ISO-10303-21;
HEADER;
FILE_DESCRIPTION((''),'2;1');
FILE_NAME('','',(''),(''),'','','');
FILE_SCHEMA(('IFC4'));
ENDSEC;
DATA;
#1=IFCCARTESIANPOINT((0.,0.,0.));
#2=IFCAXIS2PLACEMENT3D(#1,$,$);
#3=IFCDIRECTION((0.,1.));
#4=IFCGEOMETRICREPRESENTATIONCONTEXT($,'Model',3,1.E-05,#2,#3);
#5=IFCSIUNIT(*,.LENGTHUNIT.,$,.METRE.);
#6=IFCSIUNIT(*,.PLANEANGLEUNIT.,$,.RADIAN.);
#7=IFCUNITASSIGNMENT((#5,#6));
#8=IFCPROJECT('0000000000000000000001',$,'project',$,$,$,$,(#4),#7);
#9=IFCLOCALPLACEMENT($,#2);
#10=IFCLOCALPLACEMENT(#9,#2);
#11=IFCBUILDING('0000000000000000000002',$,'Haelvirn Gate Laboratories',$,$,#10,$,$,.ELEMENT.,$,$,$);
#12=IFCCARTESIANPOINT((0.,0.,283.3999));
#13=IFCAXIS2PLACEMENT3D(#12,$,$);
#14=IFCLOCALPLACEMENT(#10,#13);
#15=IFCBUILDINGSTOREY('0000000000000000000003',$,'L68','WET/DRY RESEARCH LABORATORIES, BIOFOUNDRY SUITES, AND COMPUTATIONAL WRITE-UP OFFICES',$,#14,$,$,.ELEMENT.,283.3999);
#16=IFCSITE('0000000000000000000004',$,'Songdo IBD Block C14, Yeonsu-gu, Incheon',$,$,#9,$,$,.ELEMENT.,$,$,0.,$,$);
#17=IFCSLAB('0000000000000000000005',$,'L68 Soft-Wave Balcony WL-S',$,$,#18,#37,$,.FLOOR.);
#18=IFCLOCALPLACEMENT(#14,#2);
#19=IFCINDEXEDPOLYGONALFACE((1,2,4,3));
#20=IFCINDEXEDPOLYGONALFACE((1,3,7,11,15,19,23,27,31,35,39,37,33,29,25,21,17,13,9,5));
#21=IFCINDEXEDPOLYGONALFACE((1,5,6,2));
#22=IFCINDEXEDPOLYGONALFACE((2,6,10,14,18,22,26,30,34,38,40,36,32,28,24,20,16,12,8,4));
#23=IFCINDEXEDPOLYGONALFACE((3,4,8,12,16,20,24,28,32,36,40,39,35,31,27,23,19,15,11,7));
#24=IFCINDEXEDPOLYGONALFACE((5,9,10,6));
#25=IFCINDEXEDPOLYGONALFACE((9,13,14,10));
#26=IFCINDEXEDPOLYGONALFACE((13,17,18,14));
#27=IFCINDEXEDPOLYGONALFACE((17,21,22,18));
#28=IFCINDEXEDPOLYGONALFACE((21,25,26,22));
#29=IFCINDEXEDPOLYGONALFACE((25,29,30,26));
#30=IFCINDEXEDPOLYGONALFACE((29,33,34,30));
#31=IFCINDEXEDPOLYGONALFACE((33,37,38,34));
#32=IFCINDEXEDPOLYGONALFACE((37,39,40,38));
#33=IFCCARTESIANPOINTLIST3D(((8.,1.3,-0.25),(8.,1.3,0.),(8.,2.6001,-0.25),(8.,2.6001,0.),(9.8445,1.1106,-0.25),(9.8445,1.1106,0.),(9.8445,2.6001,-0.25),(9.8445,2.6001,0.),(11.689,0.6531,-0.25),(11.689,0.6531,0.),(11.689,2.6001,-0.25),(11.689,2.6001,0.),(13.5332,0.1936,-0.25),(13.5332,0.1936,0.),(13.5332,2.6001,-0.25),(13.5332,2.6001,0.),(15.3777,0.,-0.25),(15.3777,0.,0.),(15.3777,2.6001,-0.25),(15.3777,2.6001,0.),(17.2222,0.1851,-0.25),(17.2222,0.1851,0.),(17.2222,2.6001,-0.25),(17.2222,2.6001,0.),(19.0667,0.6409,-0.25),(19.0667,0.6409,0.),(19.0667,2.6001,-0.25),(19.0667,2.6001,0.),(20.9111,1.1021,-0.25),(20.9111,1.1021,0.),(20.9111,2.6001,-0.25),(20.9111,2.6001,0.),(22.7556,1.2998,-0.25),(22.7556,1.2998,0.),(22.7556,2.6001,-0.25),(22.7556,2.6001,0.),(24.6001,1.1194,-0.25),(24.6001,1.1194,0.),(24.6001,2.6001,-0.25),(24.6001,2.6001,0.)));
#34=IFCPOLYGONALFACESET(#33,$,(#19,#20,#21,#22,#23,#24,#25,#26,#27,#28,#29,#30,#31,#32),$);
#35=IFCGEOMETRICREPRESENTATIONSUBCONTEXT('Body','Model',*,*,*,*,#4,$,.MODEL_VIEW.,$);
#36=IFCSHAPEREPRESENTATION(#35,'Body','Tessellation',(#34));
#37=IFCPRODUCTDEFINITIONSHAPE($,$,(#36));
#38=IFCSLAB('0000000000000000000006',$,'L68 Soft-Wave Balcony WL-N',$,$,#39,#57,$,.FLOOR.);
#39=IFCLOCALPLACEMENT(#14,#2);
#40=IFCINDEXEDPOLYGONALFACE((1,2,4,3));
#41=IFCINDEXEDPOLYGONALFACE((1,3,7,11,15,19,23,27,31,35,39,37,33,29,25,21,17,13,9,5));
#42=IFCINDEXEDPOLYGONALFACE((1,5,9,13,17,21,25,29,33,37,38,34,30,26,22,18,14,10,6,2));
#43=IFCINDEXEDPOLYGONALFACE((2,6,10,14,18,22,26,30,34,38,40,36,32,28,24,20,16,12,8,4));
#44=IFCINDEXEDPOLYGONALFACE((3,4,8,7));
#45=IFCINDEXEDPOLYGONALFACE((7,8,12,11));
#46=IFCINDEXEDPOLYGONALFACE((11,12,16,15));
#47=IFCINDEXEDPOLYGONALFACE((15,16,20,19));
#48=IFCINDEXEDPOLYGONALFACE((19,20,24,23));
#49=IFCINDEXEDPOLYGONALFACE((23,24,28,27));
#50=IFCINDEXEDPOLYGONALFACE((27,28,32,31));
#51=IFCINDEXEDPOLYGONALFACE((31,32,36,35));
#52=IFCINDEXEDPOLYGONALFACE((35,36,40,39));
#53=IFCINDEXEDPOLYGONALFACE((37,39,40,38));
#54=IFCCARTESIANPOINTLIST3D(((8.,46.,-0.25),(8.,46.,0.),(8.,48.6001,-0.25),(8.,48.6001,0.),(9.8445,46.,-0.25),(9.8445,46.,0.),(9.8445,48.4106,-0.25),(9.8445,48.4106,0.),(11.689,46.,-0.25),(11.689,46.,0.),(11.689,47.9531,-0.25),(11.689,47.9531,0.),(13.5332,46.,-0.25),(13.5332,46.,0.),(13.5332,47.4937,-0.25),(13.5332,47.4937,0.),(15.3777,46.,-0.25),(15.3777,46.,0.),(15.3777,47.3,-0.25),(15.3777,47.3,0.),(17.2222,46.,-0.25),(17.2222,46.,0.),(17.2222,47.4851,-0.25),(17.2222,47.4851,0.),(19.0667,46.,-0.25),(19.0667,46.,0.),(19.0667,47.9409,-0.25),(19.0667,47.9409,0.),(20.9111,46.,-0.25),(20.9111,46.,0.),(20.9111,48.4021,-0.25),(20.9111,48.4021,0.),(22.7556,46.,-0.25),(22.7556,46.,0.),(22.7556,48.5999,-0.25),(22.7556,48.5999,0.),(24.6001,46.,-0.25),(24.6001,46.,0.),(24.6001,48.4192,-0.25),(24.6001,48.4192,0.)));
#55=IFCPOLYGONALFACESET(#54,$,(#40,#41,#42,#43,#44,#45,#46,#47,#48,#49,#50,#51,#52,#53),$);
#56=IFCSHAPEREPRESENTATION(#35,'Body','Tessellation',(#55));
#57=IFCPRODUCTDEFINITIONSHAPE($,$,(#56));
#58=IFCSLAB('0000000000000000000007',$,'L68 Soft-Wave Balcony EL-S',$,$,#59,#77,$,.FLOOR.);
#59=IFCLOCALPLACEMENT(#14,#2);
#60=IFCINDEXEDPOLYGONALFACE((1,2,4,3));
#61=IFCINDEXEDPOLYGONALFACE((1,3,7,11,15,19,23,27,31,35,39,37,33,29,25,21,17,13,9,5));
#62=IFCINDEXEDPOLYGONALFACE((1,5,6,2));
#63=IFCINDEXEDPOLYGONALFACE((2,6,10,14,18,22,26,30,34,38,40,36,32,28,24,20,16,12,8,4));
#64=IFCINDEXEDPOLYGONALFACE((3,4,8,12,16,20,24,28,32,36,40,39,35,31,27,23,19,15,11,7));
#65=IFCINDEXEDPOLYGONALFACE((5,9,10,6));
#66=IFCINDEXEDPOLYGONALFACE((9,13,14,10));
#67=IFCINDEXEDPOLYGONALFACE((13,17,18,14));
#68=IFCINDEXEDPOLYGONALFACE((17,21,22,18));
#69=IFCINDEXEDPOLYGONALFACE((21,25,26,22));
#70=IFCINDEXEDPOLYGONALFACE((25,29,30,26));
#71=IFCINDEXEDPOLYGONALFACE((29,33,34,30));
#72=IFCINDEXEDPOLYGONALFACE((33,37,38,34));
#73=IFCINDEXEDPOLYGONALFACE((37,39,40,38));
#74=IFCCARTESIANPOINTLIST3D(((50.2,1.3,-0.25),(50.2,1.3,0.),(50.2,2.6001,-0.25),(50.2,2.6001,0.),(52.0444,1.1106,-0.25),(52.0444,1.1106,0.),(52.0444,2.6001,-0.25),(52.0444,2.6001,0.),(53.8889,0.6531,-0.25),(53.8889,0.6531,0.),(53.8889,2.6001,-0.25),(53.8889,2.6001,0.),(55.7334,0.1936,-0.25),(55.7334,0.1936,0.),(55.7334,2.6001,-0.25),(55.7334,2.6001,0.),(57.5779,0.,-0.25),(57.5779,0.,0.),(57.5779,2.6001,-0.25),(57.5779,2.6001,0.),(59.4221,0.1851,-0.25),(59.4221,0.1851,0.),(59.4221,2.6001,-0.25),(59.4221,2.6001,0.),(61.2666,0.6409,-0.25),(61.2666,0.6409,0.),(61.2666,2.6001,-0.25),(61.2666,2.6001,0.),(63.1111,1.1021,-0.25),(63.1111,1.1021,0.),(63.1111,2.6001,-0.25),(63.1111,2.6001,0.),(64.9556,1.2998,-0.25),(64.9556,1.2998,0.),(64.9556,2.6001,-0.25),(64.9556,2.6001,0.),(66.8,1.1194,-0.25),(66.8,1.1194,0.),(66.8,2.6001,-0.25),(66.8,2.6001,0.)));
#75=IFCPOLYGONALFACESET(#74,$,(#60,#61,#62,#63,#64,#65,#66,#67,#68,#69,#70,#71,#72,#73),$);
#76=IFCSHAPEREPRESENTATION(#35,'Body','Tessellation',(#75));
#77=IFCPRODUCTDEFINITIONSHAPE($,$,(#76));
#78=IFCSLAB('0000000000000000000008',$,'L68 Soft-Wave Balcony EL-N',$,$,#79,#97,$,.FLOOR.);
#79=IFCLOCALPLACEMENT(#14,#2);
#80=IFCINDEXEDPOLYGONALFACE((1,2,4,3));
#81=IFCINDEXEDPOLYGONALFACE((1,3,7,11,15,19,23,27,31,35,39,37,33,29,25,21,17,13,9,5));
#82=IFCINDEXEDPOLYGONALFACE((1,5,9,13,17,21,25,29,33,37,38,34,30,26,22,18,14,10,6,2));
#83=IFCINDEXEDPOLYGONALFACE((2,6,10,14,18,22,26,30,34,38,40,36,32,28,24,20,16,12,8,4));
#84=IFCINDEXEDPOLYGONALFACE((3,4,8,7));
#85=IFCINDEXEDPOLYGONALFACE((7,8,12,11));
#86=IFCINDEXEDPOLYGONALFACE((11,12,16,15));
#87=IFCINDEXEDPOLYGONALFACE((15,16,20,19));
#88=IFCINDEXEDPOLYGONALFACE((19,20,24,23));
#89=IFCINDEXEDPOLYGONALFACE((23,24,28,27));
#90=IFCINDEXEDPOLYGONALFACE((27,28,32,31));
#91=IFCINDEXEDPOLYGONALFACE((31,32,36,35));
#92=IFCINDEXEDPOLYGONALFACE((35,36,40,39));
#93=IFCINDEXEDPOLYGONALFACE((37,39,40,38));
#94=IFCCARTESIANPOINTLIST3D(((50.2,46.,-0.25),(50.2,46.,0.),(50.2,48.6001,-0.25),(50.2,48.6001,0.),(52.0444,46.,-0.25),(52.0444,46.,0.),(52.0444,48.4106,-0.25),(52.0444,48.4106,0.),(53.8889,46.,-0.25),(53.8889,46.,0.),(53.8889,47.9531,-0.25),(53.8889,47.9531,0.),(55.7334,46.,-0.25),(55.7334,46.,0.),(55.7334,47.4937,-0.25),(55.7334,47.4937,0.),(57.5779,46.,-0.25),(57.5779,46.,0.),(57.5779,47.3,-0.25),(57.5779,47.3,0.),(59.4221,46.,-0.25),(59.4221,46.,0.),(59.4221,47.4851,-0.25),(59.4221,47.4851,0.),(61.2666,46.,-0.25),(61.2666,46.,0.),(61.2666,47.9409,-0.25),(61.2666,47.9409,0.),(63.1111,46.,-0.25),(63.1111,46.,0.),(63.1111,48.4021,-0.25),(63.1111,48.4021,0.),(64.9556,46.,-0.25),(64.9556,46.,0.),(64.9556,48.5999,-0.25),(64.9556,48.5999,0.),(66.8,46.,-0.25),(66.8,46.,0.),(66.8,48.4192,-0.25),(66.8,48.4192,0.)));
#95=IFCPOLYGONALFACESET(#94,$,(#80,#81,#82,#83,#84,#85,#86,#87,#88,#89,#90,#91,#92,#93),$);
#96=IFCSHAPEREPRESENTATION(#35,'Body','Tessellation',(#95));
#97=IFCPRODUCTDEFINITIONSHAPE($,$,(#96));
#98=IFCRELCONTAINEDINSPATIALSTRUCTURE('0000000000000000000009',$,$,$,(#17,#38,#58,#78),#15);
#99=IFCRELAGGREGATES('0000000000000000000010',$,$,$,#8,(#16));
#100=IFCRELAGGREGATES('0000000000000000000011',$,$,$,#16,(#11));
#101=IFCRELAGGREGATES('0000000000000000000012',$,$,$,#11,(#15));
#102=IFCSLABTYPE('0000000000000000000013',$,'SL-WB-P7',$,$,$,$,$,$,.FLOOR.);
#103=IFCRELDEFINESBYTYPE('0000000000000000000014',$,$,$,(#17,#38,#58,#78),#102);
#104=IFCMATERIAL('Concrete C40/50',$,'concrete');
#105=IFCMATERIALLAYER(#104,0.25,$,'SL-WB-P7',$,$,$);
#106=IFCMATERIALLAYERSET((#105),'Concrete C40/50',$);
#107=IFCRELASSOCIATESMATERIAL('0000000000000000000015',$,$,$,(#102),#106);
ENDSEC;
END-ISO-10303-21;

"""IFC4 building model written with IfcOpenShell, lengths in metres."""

from ifc_helpers import new_model, si_unit, direction, frame, origin, place, context, subcontext, project, spatial, polyline, outline, extrude, material, layer, layer_set, type_object, element, save


model = new_model("IFC4")

# Units and contexts
model_context = context("Model", 3, precision=1e-05, world=origin(), true_north=direction((0.0, 1.0)))
body_context = subcontext(model_context, "Body", "Model", "MODEL_VIEW")
ifc_project = project(units=[si_unit("LENGTHUNIT", "METRE"), si_unit("PLANEANGLEUNIT", "RADIAN")], contexts=[model_context])

# Site, building, storey
site_placement = place(None, origin())
site = spatial("IfcSite", under=ifc_project, at=site_placement, Name="Songdo IBD Block C14, Yeonsu-gu, Incheon", CompositionType="ELEMENT", RefElevation=0.0)
building_placement = place(site_placement, origin())
building = spatial("IfcBuilding", under=site, at=building_placement, Name="Haelvirn Gate Laboratories", CompositionType="ELEMENT")
storey_placement = place(building_placement, frame((0.0, 0.0, 283.3999)))
storey = spatial("IfcBuildingStorey", under=building, at=storey_placement, Name="L68", Description="WET/DRY RESEARCH LABORATORIES, BIOFOUNDRY SUITES, AND COMPUTATIONAL WRITE-UP OFFICES", CompositionType="ELEMENT", Elevation=283.3999)

# Slabs
ifc_material_1 = material(Name="Concrete C40/50", Category="concrete")
ifc_layer_1 = layer(ifc_material_1, 0.25, Name="SL-WB-P7")
ifc_layer_set_1 = layer_set([ifc_layer_1], Name="Concrete C40/50")
slab_type_1 = type_object("IfcSlabType", Name="SL-WB-P7", PredefinedType="FLOOR", material=ifc_layer_set_1)
slab_1_placement = place(storey_placement, frame((0.0, 0.0, -0.25)))
element("IfcSlab", 1, at=slab_1_placement, inside=storey, type_object=slab_type_1, Name="L68 Soft-Wave Balcony WL-S", PredefinedType="FLOOR", context=body_context, shape_type="SweptSolid", body=[
    extrude(outline(polyline([(8.0, 1.3), (9.8445, 1.1106), (11.689, 0.6531), (13.5332, 0.1936), (15.3777, 0.0), (17.2222, 0.1851), (19.0667, 0.6409), (20.9111, 1.1021), (22.7556, 1.2998), (24.6001, 1.1194), (24.6001, 2.6001), (22.7556, 2.6001), (20.9111, 2.6001), (19.0667, 2.6001), (17.2222, 2.6001), (15.3777, 2.6001), (13.5332, 2.6001), (11.689, 2.6001), (9.8445, 2.6001), (8.0, 2.6001), (8.0, 1.3)])), origin(), (0.0, 0.0, 1.0), 0.25),
])
slab_2_placement = place(storey_placement, frame((0.0, 0.0, -0.25)))
element("IfcSlab", 2, at=slab_2_placement, inside=storey, type_object=slab_type_1, Name="L68 Soft-Wave Balcony WL-N", PredefinedType="FLOOR", context=body_context, shape_type="SweptSolid", body=[
    extrude(outline(polyline([(8.0, 46.0), (9.8445, 46.0), (11.689, 46.0), (13.5332, 46.0), (15.3777, 46.0), (17.2222, 46.0), (19.0667, 46.0), (20.9111, 46.0), (22.7556, 46.0), (24.6001, 46.0), (24.6001, 48.4192), (22.7556, 48.5999), (20.9111, 48.4021), (19.0667, 47.9409), (17.2222, 47.4851), (15.3777, 47.3), (13.5332, 47.4937), (11.689, 47.9531), (9.8445, 48.4106), (8.0, 48.6001), (8.0, 46.0)])), origin(), (0.0, 0.0, 1.0), 0.25),
])
slab_3_placement = place(storey_placement, frame((0.0, 0.0, -0.25)))
element("IfcSlab", 3, at=slab_3_placement, inside=storey, type_object=slab_type_1, Name="L68 Soft-Wave Balcony EL-S", PredefinedType="FLOOR", context=body_context, shape_type="SweptSolid", body=[
    extrude(outline(polyline([(50.2, 1.3), (52.0444, 1.1106), (53.8889, 0.6531), (55.7334, 0.1936), (57.5779, 0.0), (59.4221, 0.1851), (61.2666, 0.6409), (63.1111, 1.1021), (64.9556, 1.2998), (66.8, 1.1194), (66.8, 2.6001), (64.9556, 2.6001), (63.1111, 2.6001), (61.2666, 2.6001), (59.4221, 2.6001), (57.5779, 2.6001), (55.7334, 2.6001), (53.8889, 2.6001), (52.0444, 2.6001), (50.2, 2.6001), (50.2, 1.3)])), origin(), (0.0, 0.0, 1.0), 0.25),
])
slab_4_placement = place(storey_placement, frame((0.0, 0.0, -0.25)))
element("IfcSlab", 4, at=slab_4_placement, inside=storey, type_object=slab_type_1, Name="L68 Soft-Wave Balcony EL-N", PredefinedType="FLOOR", context=body_context, shape_type="SweptSolid", body=[
    extrude(outline(polyline([(50.2, 46.0), (52.0444, 46.0), (53.8889, 46.0), (55.7334, 46.0), (57.5779, 46.0), (59.4221, 46.0), (61.2666, 46.0), (63.1111, 46.0), (64.9556, 46.0), (66.8, 46.0), (66.8, 48.4192), (64.9556, 48.5999), (63.1111, 48.4021), (61.2666, 47.9409), (59.4221, 47.4851), (57.5779, 47.3), (55.7334, 47.4937), (53.8889, 47.9531), (52.0444, 48.4106), (50.2, 48.6001), (50.2, 46.0)])), origin(), (0.0, 0.0, 1.0), 0.25),
])

save(model, "model.ifc")
